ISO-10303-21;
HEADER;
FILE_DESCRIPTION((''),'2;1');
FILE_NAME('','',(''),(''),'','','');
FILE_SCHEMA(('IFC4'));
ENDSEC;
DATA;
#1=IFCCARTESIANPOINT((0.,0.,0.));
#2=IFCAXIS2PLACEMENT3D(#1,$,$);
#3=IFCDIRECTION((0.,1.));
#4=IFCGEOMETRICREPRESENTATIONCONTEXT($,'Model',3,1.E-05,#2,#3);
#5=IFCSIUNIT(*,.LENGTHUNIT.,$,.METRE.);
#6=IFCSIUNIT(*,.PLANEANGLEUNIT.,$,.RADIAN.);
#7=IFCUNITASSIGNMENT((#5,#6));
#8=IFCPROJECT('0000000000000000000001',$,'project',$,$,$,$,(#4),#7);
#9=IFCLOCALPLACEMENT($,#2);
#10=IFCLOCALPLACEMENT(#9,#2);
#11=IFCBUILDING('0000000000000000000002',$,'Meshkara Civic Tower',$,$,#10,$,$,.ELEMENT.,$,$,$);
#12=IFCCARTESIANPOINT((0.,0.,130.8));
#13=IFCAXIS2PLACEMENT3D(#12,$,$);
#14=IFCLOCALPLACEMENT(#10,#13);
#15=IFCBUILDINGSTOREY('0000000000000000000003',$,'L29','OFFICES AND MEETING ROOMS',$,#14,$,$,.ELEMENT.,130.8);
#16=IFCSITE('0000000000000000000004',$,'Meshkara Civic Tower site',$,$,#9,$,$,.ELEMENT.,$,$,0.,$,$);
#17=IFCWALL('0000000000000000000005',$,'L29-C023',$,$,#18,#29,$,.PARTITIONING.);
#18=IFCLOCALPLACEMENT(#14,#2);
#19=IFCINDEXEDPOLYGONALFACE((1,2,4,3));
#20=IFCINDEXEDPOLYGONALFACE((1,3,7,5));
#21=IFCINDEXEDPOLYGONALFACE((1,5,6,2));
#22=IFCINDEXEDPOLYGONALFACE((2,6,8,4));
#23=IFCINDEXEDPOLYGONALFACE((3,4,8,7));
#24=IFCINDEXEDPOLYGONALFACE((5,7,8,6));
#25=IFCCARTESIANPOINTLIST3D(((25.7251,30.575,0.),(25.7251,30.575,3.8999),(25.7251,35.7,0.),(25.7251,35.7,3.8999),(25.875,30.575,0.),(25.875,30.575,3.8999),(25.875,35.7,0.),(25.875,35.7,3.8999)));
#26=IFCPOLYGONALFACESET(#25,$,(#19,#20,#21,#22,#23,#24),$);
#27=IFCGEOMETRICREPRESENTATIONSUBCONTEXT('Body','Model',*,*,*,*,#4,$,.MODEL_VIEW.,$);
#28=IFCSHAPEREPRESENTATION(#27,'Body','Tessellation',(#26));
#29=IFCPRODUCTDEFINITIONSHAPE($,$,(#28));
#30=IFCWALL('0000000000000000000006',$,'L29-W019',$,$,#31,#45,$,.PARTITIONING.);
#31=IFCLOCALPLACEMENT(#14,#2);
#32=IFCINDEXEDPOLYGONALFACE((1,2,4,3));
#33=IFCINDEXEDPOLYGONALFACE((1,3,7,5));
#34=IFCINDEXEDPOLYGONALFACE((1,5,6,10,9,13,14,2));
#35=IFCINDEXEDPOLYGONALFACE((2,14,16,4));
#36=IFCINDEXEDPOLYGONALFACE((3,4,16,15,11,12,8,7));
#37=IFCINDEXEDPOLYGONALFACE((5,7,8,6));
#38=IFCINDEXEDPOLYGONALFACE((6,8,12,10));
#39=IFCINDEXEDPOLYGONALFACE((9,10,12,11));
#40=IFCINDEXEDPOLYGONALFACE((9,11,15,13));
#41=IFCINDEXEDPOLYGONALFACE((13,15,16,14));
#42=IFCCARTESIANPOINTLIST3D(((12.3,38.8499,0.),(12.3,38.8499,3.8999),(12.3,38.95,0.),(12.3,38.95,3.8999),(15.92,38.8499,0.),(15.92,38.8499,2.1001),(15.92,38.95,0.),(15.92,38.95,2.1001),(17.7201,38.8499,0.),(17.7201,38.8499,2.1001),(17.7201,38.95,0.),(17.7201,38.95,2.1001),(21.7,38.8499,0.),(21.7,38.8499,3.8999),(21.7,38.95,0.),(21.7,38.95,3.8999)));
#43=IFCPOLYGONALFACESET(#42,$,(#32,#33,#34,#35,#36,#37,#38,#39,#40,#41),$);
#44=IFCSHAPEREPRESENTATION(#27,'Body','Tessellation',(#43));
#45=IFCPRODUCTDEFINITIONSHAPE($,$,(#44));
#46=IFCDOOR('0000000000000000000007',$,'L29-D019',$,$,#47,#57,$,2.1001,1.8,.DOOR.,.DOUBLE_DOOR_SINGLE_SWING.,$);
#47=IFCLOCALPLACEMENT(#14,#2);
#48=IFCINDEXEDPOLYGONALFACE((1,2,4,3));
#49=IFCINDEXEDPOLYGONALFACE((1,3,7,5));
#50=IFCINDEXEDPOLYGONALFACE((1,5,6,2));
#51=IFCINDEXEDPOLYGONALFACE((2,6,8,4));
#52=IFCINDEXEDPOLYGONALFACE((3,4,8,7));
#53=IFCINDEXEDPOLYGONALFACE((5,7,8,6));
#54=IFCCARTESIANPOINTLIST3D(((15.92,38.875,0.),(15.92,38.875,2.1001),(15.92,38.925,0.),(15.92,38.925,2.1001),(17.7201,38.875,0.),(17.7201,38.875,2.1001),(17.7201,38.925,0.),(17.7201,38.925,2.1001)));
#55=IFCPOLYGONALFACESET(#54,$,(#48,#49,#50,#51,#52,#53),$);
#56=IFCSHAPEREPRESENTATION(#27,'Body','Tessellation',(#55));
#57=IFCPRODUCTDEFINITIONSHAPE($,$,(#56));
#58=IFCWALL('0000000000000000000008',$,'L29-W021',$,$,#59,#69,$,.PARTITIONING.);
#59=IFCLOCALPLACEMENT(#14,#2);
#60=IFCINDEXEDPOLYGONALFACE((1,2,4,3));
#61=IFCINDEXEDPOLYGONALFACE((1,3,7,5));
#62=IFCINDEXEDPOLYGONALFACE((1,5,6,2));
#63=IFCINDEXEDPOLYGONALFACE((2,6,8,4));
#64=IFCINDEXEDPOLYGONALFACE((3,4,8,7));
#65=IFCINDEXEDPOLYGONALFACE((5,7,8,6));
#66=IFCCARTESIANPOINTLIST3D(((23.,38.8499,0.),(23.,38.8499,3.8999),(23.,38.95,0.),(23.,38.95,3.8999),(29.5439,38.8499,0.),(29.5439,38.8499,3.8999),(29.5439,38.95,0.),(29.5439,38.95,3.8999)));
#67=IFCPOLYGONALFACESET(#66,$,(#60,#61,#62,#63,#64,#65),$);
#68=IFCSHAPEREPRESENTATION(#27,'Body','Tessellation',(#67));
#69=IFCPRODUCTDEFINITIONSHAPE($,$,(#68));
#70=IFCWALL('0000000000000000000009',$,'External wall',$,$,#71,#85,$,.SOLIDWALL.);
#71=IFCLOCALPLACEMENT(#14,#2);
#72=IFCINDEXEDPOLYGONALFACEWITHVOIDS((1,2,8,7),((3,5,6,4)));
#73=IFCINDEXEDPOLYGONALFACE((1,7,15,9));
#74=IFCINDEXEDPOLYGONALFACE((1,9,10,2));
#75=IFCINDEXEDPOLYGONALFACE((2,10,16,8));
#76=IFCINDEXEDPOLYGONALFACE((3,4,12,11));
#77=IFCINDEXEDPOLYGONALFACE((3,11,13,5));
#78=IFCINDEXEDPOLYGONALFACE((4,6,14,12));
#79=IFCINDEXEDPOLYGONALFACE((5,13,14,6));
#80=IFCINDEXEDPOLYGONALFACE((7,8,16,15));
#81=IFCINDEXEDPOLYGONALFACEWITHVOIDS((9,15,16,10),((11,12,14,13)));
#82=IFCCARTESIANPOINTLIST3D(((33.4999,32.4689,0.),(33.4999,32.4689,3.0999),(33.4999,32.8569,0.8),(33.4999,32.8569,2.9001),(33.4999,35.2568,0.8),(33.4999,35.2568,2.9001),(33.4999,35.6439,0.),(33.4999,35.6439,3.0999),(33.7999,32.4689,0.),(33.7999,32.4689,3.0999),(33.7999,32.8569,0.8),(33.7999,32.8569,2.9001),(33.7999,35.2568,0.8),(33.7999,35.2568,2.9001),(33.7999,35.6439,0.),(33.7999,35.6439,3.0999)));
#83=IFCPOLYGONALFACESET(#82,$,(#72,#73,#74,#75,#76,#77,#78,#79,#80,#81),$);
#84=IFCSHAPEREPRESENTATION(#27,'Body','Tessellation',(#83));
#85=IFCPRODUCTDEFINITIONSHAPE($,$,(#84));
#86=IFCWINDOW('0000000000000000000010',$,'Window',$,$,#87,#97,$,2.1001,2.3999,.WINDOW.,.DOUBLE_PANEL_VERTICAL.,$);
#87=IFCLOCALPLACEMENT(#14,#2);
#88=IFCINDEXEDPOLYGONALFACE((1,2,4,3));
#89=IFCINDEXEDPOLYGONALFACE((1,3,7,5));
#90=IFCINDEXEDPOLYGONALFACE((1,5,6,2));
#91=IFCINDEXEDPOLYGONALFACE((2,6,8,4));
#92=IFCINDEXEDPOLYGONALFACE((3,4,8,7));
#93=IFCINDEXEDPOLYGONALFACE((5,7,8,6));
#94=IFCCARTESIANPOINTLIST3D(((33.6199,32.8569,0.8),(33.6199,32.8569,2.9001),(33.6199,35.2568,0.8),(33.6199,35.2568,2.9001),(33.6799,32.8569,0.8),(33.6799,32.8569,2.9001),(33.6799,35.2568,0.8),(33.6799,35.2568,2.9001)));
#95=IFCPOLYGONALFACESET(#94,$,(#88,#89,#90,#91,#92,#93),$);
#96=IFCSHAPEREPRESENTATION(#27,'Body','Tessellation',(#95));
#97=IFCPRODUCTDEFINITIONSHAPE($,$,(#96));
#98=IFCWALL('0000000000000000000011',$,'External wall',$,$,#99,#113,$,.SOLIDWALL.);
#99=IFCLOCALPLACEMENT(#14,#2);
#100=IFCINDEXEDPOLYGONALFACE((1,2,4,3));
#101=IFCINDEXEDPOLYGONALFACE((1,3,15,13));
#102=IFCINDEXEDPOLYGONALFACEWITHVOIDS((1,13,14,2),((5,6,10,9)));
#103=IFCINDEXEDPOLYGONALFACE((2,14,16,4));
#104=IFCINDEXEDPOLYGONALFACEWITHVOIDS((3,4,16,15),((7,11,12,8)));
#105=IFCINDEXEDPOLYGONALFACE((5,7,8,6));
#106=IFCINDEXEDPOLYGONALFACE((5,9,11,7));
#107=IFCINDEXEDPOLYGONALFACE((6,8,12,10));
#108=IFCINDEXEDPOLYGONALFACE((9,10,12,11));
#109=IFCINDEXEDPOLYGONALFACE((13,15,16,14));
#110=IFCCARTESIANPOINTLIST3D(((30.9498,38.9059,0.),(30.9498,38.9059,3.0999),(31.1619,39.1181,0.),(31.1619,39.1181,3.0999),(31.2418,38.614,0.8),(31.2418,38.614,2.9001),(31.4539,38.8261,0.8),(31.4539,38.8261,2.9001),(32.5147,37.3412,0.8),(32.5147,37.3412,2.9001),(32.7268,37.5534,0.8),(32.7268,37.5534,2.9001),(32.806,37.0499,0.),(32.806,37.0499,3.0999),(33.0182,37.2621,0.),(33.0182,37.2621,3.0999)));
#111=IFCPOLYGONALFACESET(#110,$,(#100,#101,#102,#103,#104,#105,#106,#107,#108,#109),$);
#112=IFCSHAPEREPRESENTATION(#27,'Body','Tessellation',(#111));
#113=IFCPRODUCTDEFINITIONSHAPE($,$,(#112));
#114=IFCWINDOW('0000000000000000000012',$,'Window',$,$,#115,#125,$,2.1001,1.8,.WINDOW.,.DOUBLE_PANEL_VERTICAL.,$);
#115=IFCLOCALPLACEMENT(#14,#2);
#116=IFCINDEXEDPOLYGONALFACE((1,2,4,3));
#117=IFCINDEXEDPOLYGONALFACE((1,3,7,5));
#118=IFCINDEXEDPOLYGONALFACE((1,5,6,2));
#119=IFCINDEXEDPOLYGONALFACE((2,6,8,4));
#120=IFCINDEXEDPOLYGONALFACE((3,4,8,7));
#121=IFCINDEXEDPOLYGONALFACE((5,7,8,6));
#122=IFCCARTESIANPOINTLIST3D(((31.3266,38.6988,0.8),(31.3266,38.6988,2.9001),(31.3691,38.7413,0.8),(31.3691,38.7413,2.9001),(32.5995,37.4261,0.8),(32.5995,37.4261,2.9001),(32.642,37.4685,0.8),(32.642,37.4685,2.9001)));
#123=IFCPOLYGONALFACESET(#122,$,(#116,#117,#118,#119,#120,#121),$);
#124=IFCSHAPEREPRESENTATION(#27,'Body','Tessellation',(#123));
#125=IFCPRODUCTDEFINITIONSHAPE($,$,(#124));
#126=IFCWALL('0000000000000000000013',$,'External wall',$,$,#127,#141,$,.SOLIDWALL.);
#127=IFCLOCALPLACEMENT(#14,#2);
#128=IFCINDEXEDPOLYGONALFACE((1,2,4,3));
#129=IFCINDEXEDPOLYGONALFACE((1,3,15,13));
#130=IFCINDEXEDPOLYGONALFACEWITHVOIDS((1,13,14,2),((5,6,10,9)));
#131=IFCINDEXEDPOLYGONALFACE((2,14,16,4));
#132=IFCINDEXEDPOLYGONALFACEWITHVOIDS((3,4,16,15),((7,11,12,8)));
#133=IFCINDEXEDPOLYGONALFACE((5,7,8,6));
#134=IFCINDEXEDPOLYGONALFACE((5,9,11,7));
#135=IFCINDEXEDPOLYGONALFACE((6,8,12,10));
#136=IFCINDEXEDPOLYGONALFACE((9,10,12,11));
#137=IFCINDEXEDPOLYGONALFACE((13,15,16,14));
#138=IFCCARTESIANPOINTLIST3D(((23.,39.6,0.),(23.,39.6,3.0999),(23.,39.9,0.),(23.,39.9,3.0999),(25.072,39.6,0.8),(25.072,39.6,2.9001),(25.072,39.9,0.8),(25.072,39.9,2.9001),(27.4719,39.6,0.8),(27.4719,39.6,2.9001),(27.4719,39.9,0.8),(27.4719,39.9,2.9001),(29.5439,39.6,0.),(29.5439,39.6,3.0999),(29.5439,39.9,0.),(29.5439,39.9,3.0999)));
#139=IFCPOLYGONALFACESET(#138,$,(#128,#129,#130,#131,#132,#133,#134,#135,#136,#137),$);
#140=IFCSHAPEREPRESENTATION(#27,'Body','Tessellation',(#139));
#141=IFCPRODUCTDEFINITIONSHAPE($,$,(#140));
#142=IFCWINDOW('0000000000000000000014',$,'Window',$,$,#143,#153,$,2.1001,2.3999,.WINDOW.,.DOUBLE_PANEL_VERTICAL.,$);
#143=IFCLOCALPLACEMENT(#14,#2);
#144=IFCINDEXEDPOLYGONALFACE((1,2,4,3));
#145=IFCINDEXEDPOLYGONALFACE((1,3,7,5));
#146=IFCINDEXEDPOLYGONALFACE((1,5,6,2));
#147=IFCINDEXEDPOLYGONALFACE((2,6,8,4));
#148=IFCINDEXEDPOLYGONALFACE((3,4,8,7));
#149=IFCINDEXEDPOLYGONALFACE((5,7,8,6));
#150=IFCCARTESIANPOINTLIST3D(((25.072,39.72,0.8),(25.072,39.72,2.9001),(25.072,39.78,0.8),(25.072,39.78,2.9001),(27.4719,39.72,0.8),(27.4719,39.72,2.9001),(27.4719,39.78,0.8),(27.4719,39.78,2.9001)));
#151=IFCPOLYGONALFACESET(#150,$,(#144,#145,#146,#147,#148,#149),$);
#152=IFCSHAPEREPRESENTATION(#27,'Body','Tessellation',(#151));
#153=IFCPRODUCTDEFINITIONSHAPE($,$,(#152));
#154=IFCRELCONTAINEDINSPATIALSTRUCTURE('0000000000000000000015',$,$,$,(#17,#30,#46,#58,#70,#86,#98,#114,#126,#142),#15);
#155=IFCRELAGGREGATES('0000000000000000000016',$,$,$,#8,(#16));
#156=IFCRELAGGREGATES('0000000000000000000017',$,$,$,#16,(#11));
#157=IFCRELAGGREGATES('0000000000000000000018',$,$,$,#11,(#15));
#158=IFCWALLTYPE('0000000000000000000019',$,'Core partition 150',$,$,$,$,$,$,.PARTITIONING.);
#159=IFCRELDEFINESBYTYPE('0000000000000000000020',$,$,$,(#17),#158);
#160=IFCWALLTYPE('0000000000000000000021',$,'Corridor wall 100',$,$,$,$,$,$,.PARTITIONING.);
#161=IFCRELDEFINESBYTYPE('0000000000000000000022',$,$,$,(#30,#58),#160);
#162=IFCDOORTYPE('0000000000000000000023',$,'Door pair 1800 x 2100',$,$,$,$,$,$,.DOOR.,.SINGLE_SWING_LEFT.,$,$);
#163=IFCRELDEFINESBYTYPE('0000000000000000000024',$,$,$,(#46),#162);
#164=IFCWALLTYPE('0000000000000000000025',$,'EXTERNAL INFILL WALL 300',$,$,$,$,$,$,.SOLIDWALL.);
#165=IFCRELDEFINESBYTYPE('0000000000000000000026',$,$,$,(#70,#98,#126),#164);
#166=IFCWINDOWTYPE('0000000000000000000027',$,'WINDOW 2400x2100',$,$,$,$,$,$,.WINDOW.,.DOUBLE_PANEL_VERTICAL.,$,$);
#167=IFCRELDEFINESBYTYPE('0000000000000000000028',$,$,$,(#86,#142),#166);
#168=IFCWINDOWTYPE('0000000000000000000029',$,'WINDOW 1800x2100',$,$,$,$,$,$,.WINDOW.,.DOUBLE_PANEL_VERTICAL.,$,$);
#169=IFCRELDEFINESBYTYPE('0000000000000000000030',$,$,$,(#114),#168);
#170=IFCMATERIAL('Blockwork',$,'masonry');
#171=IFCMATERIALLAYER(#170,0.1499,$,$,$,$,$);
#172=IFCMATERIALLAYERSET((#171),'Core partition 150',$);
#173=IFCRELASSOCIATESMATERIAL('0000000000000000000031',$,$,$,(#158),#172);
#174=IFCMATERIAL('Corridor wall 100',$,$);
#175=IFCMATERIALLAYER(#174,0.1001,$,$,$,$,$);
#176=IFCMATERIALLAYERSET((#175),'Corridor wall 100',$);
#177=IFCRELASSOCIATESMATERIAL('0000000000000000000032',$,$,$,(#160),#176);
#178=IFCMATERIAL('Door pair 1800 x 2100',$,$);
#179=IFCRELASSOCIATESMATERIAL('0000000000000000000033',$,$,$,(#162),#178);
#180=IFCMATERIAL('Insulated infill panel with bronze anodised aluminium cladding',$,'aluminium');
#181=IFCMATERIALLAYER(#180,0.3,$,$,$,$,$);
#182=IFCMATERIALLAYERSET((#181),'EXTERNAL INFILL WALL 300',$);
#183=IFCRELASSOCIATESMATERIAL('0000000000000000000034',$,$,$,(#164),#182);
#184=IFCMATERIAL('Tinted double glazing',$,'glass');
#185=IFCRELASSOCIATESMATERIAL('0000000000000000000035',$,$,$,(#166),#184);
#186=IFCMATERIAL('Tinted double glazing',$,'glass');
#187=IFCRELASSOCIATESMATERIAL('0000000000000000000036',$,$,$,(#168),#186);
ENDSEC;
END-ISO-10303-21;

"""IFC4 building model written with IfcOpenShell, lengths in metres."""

from ifc_helpers import new_model, si_unit, direction, frame, frame_2d, origin, place, context, subcontext, project, spatial, rectangle, extrude, material, layer, layer_set, type_object, element, fill, save


model = new_model("IFC4")

# Units and contexts
model_context = context("Model", 3, precision=1e-05, world=origin(), true_north=direction((0.0, 1.0)))
body_context = subcontext(model_context, "Body", "Model", "MODEL_VIEW")
ifc_project = project(units=[si_unit("LENGTHUNIT", "METRE"), si_unit("PLANEANGLEUNIT", "RADIAN")], contexts=[model_context])

# Site, building, storey
site_placement = place(None, origin())
site = spatial("IfcSite", under=ifc_project, at=site_placement, Name="Meshkara Civic Tower site", CompositionType="ELEMENT", RefElevation=0.0)
building_placement = place(site_placement, origin())
building = spatial("IfcBuilding", under=site, at=building_placement, Name="Meshkara Civic Tower", CompositionType="ELEMENT")
storey_placement = place(building_placement, frame((0.0, 0.0, 130.8)))
storey = spatial("IfcBuildingStorey", under=building, at=storey_placement, Name="L29", Description="OFFICES AND MEETING ROOMS", CompositionType="ELEMENT", Elevation=130.8)

# Shared definitions
ifc_material_1 = material(Name="Blockwork", Category="masonry")
ifc_layer_1 = layer(ifc_material_1, 0.1499)
ifc_layer_set_1 = layer_set([ifc_layer_1], Name="Core partition 150")
wall_type_1 = type_object("IfcWallType", Name="Core partition 150", PredefinedType="PARTITIONING", material=ifc_layer_set_1)

# Wall
for number, where, z_axis, x_axis, name in (
    (1, (25.8, 30.575, 0.0), (0.0, 0.0, 1.0), (0.0, 1.0, 0.0), "L29-C023"),
):
    element("IfcWall", number, at=place(storey_placement, frame(where, z_axis=z_axis, x_axis=x_axis)), inside=storey, type_object=wall_type_1, Name=name, PredefinedType="PARTITIONING", context=body_context, shape_type="SweptSolid", body=[
        extrude(rectangle(XDim=5.125, YDim=0.1499, at=frame_2d((2.5625, 0.0))), origin(), (0.0, 0.0, 1.0), 3.8999),
    ])

# Wall, opening, door
ifc_material_2 = material(Name="Corridor wall 100")
ifc_layer_2 = layer(ifc_material_2, 0.1001)
ifc_layer_set_2 = layer_set([ifc_layer_2], Name="Corridor wall 100")
wall_type_2 = type_object("IfcWallType", Name="Corridor wall 100", PredefinedType="PARTITIONING", material=ifc_layer_set_2)
wall_1_placement = place(storey_placement, frame((21.7, 38.8999, 0.0), z_axis=(0.0, 0.0, 1.0), x_axis=(-1.0, 0.0, 0.0)))
wall_1 = element("IfcWall", 2, at=wall_1_placement, inside=storey, type_object=wall_type_2, Name="L29-W019", PredefinedType="PARTITIONING", context=body_context, shape_type="SweptSolid", body=[
    extrude(rectangle(XDim=9.3999, YDim=0.1001, at=frame_2d((4.7, 0.0))), origin(), (0.0, 0.0, 1.0), 3.8999),
])
opening_1_placement = place(wall_1_placement, frame((3.98, 0.0, 0.0)))
opening_1 = element("IfcOpeningElement", 3, at=opening_1_placement, cuts=wall_1, PredefinedType="OPENING", context=body_context, shape_type="SweptSolid", body=[
    extrude(rectangle(XDim=1.8, YDim=2.1001, at=frame_2d((0.8999, 1.05))), frame((0.0, 0.0601, 0.0), z_axis=(0.0, -1.0, 0.0), x_axis=(1.0, 0.0, 0.0)), (0.0, 0.0, 1.0), 0.1201),
])
ifc_material_3 = material(Name="Door pair 1800 x 2100")
door_type_1 = type_object("IfcDoorType", Name="Door pair 1800 x 2100", OperationType="SINGLE_SWING_LEFT", PredefinedType="DOOR", material=ifc_material_3)
door_1_placement = place(opening_1_placement, origin())
door_1 = element("IfcDoor", 4, at=door_1_placement, inside=storey, type_object=door_type_1, Name="L29-D019", OperationType="DOUBLE_DOOR_SINGLE_SWING", OverallHeight=2.1001, OverallWidth=1.8, PredefinedType="DOOR", context=body_context, shape_type="SweptSolid", body=[
    extrude(rectangle(XDim=1.8, YDim=2.1001, at=frame_2d((0.8999, 1.05))), frame((0.0, 0.0249, 0.0), z_axis=(0.0, -1.0, 0.0), x_axis=(1.0, 0.0, 0.0)), (0.0, 0.0, 1.0), 0.05),
])
fill(opening_1, door_1)

# Wall
wall_2_placement = place(storey_placement, frame((29.5439, 38.8999, 0.0), z_axis=(0.0, 0.0, 1.0), x_axis=(-1.0, 0.0, 0.0)))
element("IfcWall", 5, at=wall_2_placement, inside=storey, type_object=wall_type_2, Name="L29-W021", PredefinedType="PARTITIONING", context=body_context, shape_type="SweptSolid", body=[
    extrude(rectangle(XDim=6.5439, YDim=0.1001, at=frame_2d((3.272, 0.0))), origin(), (0.0, 0.0, 1.0), 3.8999),
])

# Walls, openings, windows
ifc_material_4 = material(Name="Insulated infill panel with bronze anodised aluminium cladding", Category="aluminium")
ifc_layer_3 = layer(ifc_material_4, 0.3)
ifc_layer_set_3 = layer_set([ifc_layer_3], Name="EXTERNAL INFILL WALL 300")
wall_type_3 = type_object("IfcWallType", Name="EXTERNAL INFILL WALL 300", PredefinedType="SOLIDWALL", material=ifc_layer_set_3)
wall_3_placement = place(storey_placement, frame((33.6499, 32.469, 0.0), z_axis=(0.0, 0.0, 1.0), x_axis=(0.0, 1.0, 0.0)))
wall_3 = element("IfcWall", 6, at=wall_3_placement, inside=storey, type_object=wall_type_3, Name="External wall", PredefinedType="SOLIDWALL", context=body_context, shape_type="SweptSolid", body=[
    extrude(rectangle(XDim=3.175, YDim=0.3, at=frame_2d((1.5874, 0.0))), origin(), (0.0, 0.0, 1.0), 3.0999),
])
opening_2_placement = place(wall_3_placement, frame((0.3879, 0.0, 0.8)))
opening_2 = element("IfcOpeningElement", 7, at=opening_2_placement, cuts=wall_3, PredefinedType="OPENING", context=body_context, shape_type="SweptSolid", body=[
    extrude(rectangle(XDim=2.3999, YDim=2.1001, at=frame_2d((1.2, 1.05))), frame((0.0, 0.1599, 0.0), z_axis=(0.0, -1.0, 0.0), x_axis=(1.0, 0.0, 0.0)), (0.0, 0.0, 1.0), 0.3201),
])
ifc_material_5 = material(Name="Tinted double glazing", Category="glass")
window_type_1 = type_object("IfcWindowType", Name="WINDOW 2400x2100", PartitioningType="DOUBLE_PANEL_VERTICAL", PredefinedType="WINDOW", material=ifc_material_5)
window_1_placement = place(opening_2_placement, origin())
window_1 = element("IfcWindow", 8, at=window_1_placement, inside=storey, type_object=window_type_1, Name="Window", OverallHeight=2.1001, OverallWidth=2.3999, PartitioningType="DOUBLE_PANEL_VERTICAL", PredefinedType="WINDOW", context=body_context, shape_type="SweptSolid", body=[
    extrude(rectangle(XDim=2.3999, YDim=2.1001, at=frame_2d((1.2, 1.05))), frame((0.0, 0.03, 0.0), z_axis=(0.0, -1.0, 0.0), x_axis=(1.0, 0.0, 0.0)), (0.0, 0.0, 1.0), 0.0601),
])
fill(opening_2, window_1)
wall_4_placement = place(storey_placement, frame((32.9121, 37.156, 0.0), z_axis=(0.0, 0.0, 1.0), x_axis=(-0.707153, 0.70706, 0.0)))
wall_4 = element("IfcWall", 9, at=wall_4_placement, inside=storey, type_object=wall_type_3, Name="External wall", PredefinedType="SOLIDWALL", context=body_context, shape_type="SweptSolid", body=[
    extrude(rectangle(XDim=2.625, YDim=0.3, at=frame_2d((1.3125, 0.0))), origin(), (0.0, 0.0, 1.0), 3.0999),
])
opening_3_placement = place(wall_4_placement, frame((0.4121, 0.0, 0.8)))
opening_3 = element("IfcOpeningElement", 10, at=opening_3_placement, cuts=wall_4, PredefinedType="OPENING", context=body_context, shape_type="SweptSolid", body=[
    extrude(rectangle(XDim=1.8, YDim=2.1001, at=frame_2d((0.8999, 1.05))), frame((0.0, 0.1599, 0.0), z_axis=(0.0, -1.0, 0.0), x_axis=(1.0, 0.0, 0.0)), (0.0, 0.0, 1.0), 0.3201),
])
ifc_material_6 = material(Name="Tinted double glazing", Category="glass")
window_type_2 = type_object("IfcWindowType", Name="WINDOW 1800x2100", PartitioningType="DOUBLE_PANEL_VERTICAL", PredefinedType="WINDOW", material=ifc_material_6)
window_2_placement = place(opening_3_placement, origin())
window_2 = element("IfcWindow", 11, at=window_2_placement, inside=storey, type_object=window_type_2, Name="Window", OverallHeight=2.1001, OverallWidth=1.8, PartitioningType="DOUBLE_PANEL_VERTICAL", PredefinedType="WINDOW", context=body_context, shape_type="SweptSolid", body=[
    extrude(rectangle(XDim=1.8, YDim=2.1001, at=frame_2d((0.8999, 1.05))), frame((0.0, 0.03, 0.0), z_axis=(0.0, -1.0, 0.0), x_axis=(1.0, 0.0, 0.0)), (0.0, 0.0, 1.0), 0.0601),
])
fill(opening_3, window_2)
wall_5_placement = place(storey_placement, frame((29.5439, 39.75, 0.0), z_axis=(0.0, 0.0, 1.0), x_axis=(-1.0, 0.0, 0.0)))
wall_5 = element("IfcWall", 12, at=wall_5_placement, inside=storey, type_object=wall_type_3, Name="External wall", PredefinedType="SOLIDWALL", context=body_context, shape_type="SweptSolid", body=[
    extrude(rectangle(XDim=6.5439, YDim=0.3, at=frame_2d((3.272, 0.0))), origin(), (0.0, 0.0, 1.0), 3.0999),
])
opening_4_placement = place(wall_5_placement, frame((2.072, 0.0, 0.8)))
opening_4 = element("IfcOpeningElement", 13, at=opening_4_placement, cuts=wall_5, PredefinedType="OPENING", context=body_context, shape_type="SweptSolid", body=[
    extrude(rectangle(XDim=2.3999, YDim=2.1001, at=frame_2d((1.2, 1.05))), frame((0.0, 0.1599, 0.0), z_axis=(0.0, -1.0, 0.0), x_axis=(1.0, 0.0, 0.0)), (0.0, 0.0, 1.0), 0.3201),
])
window_3_placement = place(opening_4_placement, origin())
window_3 = element("IfcWindow", 14, at=window_3_placement, inside=storey, type_object=window_type_1, Name="Window", OverallHeight=2.1001, OverallWidth=2.3999, PartitioningType="DOUBLE_PANEL_VERTICAL", PredefinedType="WINDOW", context=body_context, shape_type="SweptSolid", body=[
    extrude(rectangle(XDim=2.3999, YDim=2.1001, at=frame_2d((1.2, 1.05))), frame((0.0, 0.03, 0.0), z_axis=(0.0, -1.0, 0.0), x_axis=(1.0, 0.0, 0.0)), (0.0, 0.0, 1.0), 0.0601),
])
fill(opening_4, window_3)

save(model, "model.ifc")
